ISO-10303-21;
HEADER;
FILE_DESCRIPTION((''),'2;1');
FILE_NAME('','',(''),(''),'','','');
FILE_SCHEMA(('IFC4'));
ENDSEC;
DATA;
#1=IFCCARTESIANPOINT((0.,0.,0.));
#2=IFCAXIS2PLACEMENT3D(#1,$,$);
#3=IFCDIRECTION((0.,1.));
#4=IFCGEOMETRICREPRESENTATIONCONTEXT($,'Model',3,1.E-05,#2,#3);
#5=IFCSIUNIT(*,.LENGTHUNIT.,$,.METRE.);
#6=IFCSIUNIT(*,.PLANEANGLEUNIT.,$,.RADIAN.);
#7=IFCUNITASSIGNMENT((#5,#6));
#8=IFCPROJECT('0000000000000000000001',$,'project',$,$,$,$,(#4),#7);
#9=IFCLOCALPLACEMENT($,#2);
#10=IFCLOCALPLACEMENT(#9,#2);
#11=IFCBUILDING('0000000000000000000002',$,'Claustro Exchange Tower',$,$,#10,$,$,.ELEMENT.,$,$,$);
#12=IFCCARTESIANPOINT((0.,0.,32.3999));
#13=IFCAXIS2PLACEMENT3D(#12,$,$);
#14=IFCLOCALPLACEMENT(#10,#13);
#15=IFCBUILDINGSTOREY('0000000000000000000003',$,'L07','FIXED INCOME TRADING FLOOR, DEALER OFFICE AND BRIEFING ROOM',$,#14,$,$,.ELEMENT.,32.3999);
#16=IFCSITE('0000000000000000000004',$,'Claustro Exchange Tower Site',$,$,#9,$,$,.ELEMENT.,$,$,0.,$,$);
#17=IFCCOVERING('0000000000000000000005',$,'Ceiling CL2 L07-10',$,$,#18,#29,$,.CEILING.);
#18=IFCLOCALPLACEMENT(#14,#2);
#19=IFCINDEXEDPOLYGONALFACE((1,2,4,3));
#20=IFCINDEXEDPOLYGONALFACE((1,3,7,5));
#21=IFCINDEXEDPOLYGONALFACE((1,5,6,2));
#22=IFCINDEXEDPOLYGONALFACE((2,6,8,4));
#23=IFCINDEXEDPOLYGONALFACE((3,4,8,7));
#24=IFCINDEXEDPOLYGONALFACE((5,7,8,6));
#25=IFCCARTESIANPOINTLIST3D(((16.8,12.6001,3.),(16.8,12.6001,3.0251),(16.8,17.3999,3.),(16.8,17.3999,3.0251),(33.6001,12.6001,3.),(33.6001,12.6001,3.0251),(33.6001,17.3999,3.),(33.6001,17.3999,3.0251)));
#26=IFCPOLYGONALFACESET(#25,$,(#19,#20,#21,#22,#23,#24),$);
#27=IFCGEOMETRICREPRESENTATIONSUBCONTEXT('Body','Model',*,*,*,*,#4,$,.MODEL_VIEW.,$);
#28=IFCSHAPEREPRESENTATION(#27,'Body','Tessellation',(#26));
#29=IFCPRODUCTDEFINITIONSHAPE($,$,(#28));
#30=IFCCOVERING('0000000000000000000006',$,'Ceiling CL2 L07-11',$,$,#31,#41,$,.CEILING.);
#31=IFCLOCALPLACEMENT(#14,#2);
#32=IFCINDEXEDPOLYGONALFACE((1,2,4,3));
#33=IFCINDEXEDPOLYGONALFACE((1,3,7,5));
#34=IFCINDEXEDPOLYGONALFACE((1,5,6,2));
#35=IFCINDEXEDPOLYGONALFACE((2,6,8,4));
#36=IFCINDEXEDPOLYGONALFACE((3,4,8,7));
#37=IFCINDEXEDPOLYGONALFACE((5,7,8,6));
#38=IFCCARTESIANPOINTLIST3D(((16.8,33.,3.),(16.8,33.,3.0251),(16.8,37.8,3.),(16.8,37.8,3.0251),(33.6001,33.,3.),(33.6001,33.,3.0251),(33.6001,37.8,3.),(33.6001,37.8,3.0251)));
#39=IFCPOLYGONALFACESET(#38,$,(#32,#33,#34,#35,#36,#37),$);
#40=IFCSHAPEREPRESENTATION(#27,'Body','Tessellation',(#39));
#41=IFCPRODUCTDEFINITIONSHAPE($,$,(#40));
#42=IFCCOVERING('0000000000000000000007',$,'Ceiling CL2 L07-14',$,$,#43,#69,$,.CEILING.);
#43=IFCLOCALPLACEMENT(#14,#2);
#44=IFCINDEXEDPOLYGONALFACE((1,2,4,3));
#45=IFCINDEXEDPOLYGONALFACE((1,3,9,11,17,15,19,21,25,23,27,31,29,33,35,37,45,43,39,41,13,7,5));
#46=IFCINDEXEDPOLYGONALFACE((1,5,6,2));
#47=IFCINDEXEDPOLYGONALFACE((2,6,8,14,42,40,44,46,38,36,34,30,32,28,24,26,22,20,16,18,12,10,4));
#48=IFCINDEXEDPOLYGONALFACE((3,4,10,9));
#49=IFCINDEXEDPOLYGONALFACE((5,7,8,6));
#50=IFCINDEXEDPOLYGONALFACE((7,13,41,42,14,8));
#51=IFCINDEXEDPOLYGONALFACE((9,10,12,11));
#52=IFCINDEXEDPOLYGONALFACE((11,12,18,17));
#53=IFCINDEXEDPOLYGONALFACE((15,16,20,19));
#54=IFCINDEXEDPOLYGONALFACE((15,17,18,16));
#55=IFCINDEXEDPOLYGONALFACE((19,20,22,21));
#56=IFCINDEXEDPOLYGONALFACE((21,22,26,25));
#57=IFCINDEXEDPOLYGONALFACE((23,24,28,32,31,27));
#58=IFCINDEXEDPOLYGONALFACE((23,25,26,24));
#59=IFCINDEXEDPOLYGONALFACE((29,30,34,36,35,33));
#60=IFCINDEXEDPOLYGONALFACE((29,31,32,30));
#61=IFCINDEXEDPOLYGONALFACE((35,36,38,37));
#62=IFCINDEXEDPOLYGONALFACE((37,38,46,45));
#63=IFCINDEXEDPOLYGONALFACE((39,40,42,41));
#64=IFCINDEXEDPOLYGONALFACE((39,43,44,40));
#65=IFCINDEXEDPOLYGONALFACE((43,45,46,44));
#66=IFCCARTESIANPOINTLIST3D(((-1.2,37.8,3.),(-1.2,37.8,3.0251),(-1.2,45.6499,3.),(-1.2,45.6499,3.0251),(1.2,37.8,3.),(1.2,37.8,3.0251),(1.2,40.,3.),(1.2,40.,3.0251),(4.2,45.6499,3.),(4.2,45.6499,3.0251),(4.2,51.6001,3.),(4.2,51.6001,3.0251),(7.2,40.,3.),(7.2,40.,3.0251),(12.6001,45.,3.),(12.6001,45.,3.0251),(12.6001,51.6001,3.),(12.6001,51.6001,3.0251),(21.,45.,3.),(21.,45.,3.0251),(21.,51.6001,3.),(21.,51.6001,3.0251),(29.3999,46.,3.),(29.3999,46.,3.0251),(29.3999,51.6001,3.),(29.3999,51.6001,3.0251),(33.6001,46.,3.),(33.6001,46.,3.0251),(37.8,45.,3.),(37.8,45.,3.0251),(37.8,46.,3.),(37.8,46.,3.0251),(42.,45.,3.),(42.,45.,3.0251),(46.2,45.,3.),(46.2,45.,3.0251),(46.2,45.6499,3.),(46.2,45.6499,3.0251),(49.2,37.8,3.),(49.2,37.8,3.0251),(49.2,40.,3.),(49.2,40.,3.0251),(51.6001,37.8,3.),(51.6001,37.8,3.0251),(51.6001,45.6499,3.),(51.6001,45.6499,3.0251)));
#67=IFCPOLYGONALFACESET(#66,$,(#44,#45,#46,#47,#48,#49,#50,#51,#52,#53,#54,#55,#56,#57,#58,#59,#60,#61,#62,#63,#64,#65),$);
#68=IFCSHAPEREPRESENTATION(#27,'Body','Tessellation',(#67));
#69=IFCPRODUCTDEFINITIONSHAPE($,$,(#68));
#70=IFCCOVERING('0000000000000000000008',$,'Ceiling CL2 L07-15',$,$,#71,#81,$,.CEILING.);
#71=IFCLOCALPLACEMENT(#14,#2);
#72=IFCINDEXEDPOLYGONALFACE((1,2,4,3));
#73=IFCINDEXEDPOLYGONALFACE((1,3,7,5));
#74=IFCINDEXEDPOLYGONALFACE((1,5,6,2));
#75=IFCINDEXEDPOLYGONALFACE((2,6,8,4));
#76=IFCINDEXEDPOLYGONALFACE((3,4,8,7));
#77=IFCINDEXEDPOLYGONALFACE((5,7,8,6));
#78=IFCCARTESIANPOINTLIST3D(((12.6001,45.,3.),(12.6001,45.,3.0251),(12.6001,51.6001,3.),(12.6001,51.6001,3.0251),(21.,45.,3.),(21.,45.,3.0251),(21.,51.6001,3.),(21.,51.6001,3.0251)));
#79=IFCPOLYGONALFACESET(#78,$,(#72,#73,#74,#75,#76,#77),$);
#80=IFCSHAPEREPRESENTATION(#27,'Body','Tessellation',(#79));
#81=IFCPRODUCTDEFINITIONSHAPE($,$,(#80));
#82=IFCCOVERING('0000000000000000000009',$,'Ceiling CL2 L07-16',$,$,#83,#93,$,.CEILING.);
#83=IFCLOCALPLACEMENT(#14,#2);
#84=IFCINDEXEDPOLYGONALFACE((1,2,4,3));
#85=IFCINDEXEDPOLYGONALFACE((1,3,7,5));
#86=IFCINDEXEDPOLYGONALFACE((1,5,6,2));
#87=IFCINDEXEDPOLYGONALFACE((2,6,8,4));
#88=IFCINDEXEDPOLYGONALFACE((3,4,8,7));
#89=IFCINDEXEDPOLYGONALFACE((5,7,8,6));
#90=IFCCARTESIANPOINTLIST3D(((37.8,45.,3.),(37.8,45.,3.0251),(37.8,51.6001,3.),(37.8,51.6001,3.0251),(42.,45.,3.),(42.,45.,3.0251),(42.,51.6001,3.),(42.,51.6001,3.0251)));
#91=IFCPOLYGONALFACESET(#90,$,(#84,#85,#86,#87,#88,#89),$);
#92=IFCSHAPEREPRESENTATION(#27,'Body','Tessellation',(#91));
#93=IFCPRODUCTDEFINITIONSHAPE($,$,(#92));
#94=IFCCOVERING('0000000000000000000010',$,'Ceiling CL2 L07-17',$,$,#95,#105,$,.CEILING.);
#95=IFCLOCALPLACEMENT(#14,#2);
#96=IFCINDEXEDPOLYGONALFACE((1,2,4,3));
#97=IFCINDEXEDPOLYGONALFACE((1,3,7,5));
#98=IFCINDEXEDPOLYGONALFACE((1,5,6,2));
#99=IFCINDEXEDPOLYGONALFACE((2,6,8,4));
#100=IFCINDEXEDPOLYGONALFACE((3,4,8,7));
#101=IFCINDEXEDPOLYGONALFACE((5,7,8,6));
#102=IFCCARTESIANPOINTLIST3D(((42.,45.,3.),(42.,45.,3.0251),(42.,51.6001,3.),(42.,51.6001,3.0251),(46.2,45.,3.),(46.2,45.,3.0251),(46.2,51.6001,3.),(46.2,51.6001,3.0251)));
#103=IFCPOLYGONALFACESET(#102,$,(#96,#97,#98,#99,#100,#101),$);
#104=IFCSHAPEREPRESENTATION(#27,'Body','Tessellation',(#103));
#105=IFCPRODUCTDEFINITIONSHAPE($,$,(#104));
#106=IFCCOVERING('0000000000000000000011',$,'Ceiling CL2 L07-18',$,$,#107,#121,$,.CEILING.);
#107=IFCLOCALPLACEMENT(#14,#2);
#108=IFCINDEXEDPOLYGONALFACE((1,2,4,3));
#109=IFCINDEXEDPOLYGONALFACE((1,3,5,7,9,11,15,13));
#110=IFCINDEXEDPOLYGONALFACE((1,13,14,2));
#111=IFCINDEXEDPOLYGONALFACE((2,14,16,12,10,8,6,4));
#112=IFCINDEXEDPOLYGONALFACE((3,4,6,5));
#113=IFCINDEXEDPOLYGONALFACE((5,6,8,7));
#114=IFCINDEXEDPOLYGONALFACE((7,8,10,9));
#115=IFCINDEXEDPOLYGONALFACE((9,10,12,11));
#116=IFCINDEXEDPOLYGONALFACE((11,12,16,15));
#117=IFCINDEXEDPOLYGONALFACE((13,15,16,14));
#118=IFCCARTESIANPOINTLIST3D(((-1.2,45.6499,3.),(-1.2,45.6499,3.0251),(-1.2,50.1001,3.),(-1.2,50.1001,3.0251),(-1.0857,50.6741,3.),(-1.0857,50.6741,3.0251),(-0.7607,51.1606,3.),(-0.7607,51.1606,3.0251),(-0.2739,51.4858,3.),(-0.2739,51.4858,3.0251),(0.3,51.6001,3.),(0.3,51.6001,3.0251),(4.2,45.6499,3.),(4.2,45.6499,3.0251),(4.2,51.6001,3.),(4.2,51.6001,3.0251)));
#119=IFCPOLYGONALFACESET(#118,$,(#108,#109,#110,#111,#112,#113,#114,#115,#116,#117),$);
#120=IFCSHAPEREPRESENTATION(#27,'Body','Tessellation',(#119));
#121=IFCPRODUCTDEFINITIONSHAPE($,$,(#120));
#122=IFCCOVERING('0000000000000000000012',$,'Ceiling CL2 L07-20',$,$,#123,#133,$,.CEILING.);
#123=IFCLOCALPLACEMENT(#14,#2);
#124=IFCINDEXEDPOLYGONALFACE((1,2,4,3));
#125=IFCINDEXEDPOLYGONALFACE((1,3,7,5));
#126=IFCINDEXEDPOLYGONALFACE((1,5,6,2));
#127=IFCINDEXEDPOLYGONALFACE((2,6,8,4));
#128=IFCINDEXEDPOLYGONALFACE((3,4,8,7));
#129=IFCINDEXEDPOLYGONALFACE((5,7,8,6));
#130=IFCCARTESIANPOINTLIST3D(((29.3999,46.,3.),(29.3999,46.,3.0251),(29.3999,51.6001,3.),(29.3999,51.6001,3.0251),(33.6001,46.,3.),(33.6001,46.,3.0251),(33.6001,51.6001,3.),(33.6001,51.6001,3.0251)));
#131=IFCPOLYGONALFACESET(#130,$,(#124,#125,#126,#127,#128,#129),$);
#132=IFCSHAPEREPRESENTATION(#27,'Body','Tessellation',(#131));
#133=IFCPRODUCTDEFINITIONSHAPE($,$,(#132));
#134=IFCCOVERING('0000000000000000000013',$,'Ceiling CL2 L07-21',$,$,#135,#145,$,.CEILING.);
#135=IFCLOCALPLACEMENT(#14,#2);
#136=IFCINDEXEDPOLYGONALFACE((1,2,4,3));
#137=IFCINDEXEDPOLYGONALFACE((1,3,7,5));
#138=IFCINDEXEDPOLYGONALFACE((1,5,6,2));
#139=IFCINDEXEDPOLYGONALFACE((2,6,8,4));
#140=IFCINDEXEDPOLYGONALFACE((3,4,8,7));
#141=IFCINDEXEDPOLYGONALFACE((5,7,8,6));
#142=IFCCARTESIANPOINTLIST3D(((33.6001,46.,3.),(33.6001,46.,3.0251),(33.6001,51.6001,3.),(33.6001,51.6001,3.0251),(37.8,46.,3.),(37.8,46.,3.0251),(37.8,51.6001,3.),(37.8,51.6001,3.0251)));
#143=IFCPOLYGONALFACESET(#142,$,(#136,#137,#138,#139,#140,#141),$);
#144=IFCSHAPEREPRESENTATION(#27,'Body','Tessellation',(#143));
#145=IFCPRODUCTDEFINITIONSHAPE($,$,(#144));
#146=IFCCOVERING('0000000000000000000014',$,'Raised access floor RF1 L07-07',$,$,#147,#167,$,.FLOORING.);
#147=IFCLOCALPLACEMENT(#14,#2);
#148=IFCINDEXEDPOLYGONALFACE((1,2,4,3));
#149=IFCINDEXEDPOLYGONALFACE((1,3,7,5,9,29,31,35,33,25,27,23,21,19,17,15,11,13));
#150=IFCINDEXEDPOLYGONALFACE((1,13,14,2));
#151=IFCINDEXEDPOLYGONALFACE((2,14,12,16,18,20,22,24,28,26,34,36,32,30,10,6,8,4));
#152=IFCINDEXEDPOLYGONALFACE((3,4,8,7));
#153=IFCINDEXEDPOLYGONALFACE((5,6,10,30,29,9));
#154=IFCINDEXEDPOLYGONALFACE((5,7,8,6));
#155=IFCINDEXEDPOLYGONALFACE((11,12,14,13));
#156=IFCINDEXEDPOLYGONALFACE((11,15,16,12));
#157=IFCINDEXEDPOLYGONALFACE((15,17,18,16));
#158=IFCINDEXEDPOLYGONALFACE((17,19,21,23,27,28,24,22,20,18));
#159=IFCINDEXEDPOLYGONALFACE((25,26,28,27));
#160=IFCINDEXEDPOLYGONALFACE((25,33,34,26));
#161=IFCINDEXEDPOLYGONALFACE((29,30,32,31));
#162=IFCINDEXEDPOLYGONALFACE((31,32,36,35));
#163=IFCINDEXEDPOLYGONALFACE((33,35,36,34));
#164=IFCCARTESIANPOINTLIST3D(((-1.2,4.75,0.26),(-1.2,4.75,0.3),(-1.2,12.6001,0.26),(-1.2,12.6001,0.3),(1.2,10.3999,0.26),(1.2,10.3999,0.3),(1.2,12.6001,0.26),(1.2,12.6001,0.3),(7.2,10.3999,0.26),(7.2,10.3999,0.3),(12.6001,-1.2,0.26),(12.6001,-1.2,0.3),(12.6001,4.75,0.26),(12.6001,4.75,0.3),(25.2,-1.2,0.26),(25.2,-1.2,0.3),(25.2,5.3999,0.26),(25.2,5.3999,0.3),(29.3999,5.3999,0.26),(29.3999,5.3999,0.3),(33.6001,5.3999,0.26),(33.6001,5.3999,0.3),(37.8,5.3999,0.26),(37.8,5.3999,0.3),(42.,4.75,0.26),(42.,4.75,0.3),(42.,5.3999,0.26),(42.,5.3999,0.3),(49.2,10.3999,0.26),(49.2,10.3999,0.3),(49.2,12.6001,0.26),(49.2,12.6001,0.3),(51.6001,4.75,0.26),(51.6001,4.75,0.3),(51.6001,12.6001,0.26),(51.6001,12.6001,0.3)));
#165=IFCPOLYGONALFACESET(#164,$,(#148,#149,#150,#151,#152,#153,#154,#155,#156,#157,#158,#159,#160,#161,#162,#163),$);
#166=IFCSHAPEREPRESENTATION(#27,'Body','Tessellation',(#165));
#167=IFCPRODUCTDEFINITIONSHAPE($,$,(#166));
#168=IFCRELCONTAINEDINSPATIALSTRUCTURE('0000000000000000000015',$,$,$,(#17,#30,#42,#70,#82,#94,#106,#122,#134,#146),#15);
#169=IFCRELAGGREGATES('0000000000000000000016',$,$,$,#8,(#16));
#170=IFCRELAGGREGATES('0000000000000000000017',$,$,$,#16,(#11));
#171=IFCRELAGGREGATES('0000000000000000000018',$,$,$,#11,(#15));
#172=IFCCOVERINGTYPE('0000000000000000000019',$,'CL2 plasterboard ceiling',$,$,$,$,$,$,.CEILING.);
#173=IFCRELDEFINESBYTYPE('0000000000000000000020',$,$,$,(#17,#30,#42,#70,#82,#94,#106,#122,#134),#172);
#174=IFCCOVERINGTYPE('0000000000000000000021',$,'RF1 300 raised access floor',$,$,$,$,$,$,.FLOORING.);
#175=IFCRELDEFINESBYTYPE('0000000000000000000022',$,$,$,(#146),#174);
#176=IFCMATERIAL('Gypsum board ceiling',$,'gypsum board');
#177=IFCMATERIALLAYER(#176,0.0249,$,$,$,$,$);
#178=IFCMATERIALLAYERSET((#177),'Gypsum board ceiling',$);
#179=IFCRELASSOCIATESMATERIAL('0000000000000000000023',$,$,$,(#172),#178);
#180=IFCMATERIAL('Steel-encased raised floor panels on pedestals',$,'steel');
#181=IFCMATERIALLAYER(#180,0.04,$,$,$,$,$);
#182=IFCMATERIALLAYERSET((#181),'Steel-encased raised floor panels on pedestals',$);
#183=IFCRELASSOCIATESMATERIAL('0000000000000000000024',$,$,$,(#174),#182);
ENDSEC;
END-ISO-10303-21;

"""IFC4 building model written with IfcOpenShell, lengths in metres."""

from ifc_helpers import new_model, si_unit, direction, frame, origin, place, context, subcontext, project, spatial, polyline, outline, extrude, material, layer, layer_set, type_object, element, save


model = new_model("IFC4")

# Units and contexts
model_context = context("Model", 3, precision=1e-05, world=origin(), true_north=direction((0.0, 1.0)))
body_context = subcontext(model_context, "Body", "Model", "MODEL_VIEW")
ifc_project = project(units=[si_unit("LENGTHUNIT", "METRE"), si_unit("PLANEANGLEUNIT", "RADIAN")], contexts=[model_context])

# Site, building, storey
site_placement = place(None, origin())
site = spatial("IfcSite", under=ifc_project, at=site_placement, Name="Claustro Exchange Tower Site", CompositionType="ELEMENT", RefElevation=0.0)
building_placement = place(site_placement, origin())
building = spatial("IfcBuilding", under=site, at=building_placement, Name="Claustro Exchange Tower", CompositionType="ELEMENT")
storey_placement = place(building_placement, frame((0.0, 0.0, 32.3999)))
storey = spatial("IfcBuildingStorey", under=building, at=storey_placement, Name="L07", Description="FIXED INCOME TRADING FLOOR, DEALER OFFICE AND BRIEFING ROOM", CompositionType="ELEMENT", Elevation=32.3999)

# Coverings
ifc_material_1 = material(Name="Gypsum board ceiling", Category="gypsum board")
ifc_layer_1 = layer(ifc_material_1, 0.0249)
ifc_layer_set_1 = layer_set([ifc_layer_1], Name="Gypsum board ceiling")
covering_type_1 = type_object("IfcCoveringType", Name="CL2 plasterboard ceiling", PredefinedType="CEILING", material=ifc_layer_set_1)
covering_1_placement = place(storey_placement, frame((0.0, 0.0, 3.0)))
element("IfcCovering", 1, at=covering_1_placement, inside=storey, type_object=covering_type_1, Name="Ceiling CL2 L07-10", PredefinedType="CEILING", context=body_context, shape_type="SweptSolid", body=[
    extrude(outline(polyline([(16.8, 17.3999), (16.8, 12.6001), (33.6001, 12.6001), (33.6001, 17.3999), (16.8, 17.3999)])), origin(), (0.0, 0.0, 1.0), 0.0251),
])
covering_2_placement = place(storey_placement, frame((0.0, 0.0, 3.0)))
element("IfcCovering", 2, at=covering_2_placement, inside=storey, type_object=covering_type_1, Name="Ceiling CL2 L07-11", PredefinedType="CEILING", context=body_context, shape_type="SweptSolid", body=[
    extrude(outline(polyline([(33.6001, 33.0), (33.6001, 37.8), (16.8, 37.8), (16.8, 33.0), (33.6001, 33.0)])), origin(), (0.0, 0.0, 1.0), 0.0251),
])
covering_3_placement = place(storey_placement, frame((0.0, 0.0, 3.0)))
element("IfcCovering", 3, at=covering_3_placement, inside=storey, type_object=covering_type_1, Name="Ceiling CL2 L07-14", PredefinedType="CEILING", context=body_context, shape_type="SweptSolid", body=[
    extrude(outline(polyline([(-1.2, 45.6499), (-1.2, 37.8), (1.2, 37.8), (1.2, 40.0), (7.2, 40.0), (49.2, 40.0), (49.2, 37.8), (51.6001, 37.8), (51.6001, 45.6499), (46.2, 45.6499), (46.2, 45.0), (42.0, 45.0), (37.8, 45.0), (37.8, 46.0), (33.6001, 46.0), (29.3999, 46.0), (29.3999, 51.6001), (21.0, 51.6001), (21.0, 45.0), (12.6001, 45.0), (12.6001, 51.6001), (4.2, 51.6001), (4.2, 45.6499), (-1.2, 45.6499)])), origin(), (0.0, 0.0, 1.0), 0.0251),
])
covering_4_placement = place(storey_placement, frame((0.0, 0.0, 3.0)))
element("IfcCovering", 4, at=covering_4_placement, inside=storey, type_object=covering_type_1, Name="Ceiling CL2 L07-15", PredefinedType="CEILING", context=body_context, shape_type="SweptSolid", body=[
    extrude(outline(polyline([(21.0, 51.6001), (12.6001, 51.6001), (12.6001, 45.0), (21.0, 45.0), (21.0, 51.6001)])), origin(), (0.0, 0.0, 1.0), 0.0251),
])
covering_5_placement = place(storey_placement, frame((0.0, 0.0, 3.0)))
element("IfcCovering", 5, at=covering_5_placement, inside=storey, type_object=covering_type_1, Name="Ceiling CL2 L07-16", PredefinedType="CEILING", context=body_context, shape_type="SweptSolid", body=[
    extrude(outline(polyline([(42.0, 51.6001), (37.8, 51.6001), (37.8, 45.0), (42.0, 45.0), (42.0, 51.6001)])), origin(), (0.0, 0.0, 1.0), 0.0251),
])
covering_6_placement = place(storey_placement, frame((0.0, 0.0, 3.0)))
element("IfcCovering", 6, at=covering_6_placement, inside=storey, type_object=covering_type_1, Name="Ceiling CL2 L07-17", PredefinedType="CEILING", context=body_context, shape_type="SweptSolid", body=[
    extrude(outline(polyline([(46.2, 51.6001), (42.0, 51.6001), (42.0, 45.0), (46.2, 45.0), (46.2, 51.6001)])), origin(), (0.0, 0.0, 1.0), 0.0251),
])
covering_7_placement = place(storey_placement, frame((0.0, 0.0, 3.0)))
element("IfcCovering", 7, at=covering_7_placement, inside=storey, type_object=covering_type_1, Name="Ceiling CL2 L07-18", PredefinedType="CEILING", context=body_context, shape_type="SweptSolid", body=[
    extrude(outline(polyline([(-1.2, 50.1001), (-1.2, 45.6499), (4.2, 45.6499), (4.2, 51.6001), (0.3, 51.6001), (-0.2739, 51.4858), (-0.7607, 51.1606), (-1.0857, 50.6741), (-1.2, 50.1001)])), origin(), (0.0, 0.0, 1.0), 0.0251),
])
covering_8_placement = place(storey_placement, frame((0.0, 0.0, 3.0)))
element("IfcCovering", 8, at=covering_8_placement, inside=storey, type_object=covering_type_1, Name="Ceiling CL2 L07-20", PredefinedType="CEILING", context=body_context, shape_type="SweptSolid", body=[
    extrude(outline(polyline([(33.6001, 51.6001), (29.3999, 51.6001), (29.3999, 46.0), (33.6001, 46.0), (33.6001, 51.6001)])), origin(), (0.0, 0.0, 1.0), 0.0251),
])
covering_9_placement = place(storey_placement, frame((0.0, 0.0, 3.0)))
element("IfcCovering", 9, at=covering_9_placement, inside=storey, type_object=covering_type_1, Name="Ceiling CL2 L07-21", PredefinedType="CEILING", context=body_context, shape_type="SweptSolid", body=[
    extrude(outline(polyline([(37.8, 51.6001), (33.6001, 51.6001), (33.6001, 46.0), (37.8, 46.0), (37.8, 51.6001)])), origin(), (0.0, 0.0, 1.0), 0.0251),
])
ifc_material_2 = material(Name="Steel-encased raised floor panels on pedestals", Category="steel")
ifc_layer_2 = layer(ifc_material_2, 0.04)
ifc_layer_set_2 = layer_set([ifc_layer_2], Name="Steel-encased raised floor panels on pedestals")
covering_type_2 = type_object("IfcCoveringType", Name="RF1 300 raised access floor", PredefinedType="FLOORING", material=ifc_layer_set_2)
covering_10_placement = place(storey_placement, frame((0.0, 0.0, 0.26)))
element("IfcCovering", 10, at=covering_10_placement, inside=storey, type_object=covering_type_2, Name="Raised access floor RF1 L07-07", PredefinedType="FLOORING", context=body_context, shape_type="SweptSolid", body=[
    extrude(outline(polyline([(-1.2, 12.6001), (-1.2, 4.75), (12.6001, 4.75), (12.6001, -1.2), (25.2, -1.2), (25.2, 5.3999), (29.3999, 5.3999), (33.6001, 5.3999), (37.8, 5.3999), (42.0, 5.3999), (42.0, 4.75), (51.6001, 4.75), (51.6001, 12.6001), (49.2, 12.6001), (49.2, 10.3999), (7.2, 10.3999), (1.2, 10.3999), (1.2, 12.6001), (-1.2, 12.6001)])), origin(), (0.0, 0.0, 1.0), 0.04),
])

save(model, "model.ifc")
